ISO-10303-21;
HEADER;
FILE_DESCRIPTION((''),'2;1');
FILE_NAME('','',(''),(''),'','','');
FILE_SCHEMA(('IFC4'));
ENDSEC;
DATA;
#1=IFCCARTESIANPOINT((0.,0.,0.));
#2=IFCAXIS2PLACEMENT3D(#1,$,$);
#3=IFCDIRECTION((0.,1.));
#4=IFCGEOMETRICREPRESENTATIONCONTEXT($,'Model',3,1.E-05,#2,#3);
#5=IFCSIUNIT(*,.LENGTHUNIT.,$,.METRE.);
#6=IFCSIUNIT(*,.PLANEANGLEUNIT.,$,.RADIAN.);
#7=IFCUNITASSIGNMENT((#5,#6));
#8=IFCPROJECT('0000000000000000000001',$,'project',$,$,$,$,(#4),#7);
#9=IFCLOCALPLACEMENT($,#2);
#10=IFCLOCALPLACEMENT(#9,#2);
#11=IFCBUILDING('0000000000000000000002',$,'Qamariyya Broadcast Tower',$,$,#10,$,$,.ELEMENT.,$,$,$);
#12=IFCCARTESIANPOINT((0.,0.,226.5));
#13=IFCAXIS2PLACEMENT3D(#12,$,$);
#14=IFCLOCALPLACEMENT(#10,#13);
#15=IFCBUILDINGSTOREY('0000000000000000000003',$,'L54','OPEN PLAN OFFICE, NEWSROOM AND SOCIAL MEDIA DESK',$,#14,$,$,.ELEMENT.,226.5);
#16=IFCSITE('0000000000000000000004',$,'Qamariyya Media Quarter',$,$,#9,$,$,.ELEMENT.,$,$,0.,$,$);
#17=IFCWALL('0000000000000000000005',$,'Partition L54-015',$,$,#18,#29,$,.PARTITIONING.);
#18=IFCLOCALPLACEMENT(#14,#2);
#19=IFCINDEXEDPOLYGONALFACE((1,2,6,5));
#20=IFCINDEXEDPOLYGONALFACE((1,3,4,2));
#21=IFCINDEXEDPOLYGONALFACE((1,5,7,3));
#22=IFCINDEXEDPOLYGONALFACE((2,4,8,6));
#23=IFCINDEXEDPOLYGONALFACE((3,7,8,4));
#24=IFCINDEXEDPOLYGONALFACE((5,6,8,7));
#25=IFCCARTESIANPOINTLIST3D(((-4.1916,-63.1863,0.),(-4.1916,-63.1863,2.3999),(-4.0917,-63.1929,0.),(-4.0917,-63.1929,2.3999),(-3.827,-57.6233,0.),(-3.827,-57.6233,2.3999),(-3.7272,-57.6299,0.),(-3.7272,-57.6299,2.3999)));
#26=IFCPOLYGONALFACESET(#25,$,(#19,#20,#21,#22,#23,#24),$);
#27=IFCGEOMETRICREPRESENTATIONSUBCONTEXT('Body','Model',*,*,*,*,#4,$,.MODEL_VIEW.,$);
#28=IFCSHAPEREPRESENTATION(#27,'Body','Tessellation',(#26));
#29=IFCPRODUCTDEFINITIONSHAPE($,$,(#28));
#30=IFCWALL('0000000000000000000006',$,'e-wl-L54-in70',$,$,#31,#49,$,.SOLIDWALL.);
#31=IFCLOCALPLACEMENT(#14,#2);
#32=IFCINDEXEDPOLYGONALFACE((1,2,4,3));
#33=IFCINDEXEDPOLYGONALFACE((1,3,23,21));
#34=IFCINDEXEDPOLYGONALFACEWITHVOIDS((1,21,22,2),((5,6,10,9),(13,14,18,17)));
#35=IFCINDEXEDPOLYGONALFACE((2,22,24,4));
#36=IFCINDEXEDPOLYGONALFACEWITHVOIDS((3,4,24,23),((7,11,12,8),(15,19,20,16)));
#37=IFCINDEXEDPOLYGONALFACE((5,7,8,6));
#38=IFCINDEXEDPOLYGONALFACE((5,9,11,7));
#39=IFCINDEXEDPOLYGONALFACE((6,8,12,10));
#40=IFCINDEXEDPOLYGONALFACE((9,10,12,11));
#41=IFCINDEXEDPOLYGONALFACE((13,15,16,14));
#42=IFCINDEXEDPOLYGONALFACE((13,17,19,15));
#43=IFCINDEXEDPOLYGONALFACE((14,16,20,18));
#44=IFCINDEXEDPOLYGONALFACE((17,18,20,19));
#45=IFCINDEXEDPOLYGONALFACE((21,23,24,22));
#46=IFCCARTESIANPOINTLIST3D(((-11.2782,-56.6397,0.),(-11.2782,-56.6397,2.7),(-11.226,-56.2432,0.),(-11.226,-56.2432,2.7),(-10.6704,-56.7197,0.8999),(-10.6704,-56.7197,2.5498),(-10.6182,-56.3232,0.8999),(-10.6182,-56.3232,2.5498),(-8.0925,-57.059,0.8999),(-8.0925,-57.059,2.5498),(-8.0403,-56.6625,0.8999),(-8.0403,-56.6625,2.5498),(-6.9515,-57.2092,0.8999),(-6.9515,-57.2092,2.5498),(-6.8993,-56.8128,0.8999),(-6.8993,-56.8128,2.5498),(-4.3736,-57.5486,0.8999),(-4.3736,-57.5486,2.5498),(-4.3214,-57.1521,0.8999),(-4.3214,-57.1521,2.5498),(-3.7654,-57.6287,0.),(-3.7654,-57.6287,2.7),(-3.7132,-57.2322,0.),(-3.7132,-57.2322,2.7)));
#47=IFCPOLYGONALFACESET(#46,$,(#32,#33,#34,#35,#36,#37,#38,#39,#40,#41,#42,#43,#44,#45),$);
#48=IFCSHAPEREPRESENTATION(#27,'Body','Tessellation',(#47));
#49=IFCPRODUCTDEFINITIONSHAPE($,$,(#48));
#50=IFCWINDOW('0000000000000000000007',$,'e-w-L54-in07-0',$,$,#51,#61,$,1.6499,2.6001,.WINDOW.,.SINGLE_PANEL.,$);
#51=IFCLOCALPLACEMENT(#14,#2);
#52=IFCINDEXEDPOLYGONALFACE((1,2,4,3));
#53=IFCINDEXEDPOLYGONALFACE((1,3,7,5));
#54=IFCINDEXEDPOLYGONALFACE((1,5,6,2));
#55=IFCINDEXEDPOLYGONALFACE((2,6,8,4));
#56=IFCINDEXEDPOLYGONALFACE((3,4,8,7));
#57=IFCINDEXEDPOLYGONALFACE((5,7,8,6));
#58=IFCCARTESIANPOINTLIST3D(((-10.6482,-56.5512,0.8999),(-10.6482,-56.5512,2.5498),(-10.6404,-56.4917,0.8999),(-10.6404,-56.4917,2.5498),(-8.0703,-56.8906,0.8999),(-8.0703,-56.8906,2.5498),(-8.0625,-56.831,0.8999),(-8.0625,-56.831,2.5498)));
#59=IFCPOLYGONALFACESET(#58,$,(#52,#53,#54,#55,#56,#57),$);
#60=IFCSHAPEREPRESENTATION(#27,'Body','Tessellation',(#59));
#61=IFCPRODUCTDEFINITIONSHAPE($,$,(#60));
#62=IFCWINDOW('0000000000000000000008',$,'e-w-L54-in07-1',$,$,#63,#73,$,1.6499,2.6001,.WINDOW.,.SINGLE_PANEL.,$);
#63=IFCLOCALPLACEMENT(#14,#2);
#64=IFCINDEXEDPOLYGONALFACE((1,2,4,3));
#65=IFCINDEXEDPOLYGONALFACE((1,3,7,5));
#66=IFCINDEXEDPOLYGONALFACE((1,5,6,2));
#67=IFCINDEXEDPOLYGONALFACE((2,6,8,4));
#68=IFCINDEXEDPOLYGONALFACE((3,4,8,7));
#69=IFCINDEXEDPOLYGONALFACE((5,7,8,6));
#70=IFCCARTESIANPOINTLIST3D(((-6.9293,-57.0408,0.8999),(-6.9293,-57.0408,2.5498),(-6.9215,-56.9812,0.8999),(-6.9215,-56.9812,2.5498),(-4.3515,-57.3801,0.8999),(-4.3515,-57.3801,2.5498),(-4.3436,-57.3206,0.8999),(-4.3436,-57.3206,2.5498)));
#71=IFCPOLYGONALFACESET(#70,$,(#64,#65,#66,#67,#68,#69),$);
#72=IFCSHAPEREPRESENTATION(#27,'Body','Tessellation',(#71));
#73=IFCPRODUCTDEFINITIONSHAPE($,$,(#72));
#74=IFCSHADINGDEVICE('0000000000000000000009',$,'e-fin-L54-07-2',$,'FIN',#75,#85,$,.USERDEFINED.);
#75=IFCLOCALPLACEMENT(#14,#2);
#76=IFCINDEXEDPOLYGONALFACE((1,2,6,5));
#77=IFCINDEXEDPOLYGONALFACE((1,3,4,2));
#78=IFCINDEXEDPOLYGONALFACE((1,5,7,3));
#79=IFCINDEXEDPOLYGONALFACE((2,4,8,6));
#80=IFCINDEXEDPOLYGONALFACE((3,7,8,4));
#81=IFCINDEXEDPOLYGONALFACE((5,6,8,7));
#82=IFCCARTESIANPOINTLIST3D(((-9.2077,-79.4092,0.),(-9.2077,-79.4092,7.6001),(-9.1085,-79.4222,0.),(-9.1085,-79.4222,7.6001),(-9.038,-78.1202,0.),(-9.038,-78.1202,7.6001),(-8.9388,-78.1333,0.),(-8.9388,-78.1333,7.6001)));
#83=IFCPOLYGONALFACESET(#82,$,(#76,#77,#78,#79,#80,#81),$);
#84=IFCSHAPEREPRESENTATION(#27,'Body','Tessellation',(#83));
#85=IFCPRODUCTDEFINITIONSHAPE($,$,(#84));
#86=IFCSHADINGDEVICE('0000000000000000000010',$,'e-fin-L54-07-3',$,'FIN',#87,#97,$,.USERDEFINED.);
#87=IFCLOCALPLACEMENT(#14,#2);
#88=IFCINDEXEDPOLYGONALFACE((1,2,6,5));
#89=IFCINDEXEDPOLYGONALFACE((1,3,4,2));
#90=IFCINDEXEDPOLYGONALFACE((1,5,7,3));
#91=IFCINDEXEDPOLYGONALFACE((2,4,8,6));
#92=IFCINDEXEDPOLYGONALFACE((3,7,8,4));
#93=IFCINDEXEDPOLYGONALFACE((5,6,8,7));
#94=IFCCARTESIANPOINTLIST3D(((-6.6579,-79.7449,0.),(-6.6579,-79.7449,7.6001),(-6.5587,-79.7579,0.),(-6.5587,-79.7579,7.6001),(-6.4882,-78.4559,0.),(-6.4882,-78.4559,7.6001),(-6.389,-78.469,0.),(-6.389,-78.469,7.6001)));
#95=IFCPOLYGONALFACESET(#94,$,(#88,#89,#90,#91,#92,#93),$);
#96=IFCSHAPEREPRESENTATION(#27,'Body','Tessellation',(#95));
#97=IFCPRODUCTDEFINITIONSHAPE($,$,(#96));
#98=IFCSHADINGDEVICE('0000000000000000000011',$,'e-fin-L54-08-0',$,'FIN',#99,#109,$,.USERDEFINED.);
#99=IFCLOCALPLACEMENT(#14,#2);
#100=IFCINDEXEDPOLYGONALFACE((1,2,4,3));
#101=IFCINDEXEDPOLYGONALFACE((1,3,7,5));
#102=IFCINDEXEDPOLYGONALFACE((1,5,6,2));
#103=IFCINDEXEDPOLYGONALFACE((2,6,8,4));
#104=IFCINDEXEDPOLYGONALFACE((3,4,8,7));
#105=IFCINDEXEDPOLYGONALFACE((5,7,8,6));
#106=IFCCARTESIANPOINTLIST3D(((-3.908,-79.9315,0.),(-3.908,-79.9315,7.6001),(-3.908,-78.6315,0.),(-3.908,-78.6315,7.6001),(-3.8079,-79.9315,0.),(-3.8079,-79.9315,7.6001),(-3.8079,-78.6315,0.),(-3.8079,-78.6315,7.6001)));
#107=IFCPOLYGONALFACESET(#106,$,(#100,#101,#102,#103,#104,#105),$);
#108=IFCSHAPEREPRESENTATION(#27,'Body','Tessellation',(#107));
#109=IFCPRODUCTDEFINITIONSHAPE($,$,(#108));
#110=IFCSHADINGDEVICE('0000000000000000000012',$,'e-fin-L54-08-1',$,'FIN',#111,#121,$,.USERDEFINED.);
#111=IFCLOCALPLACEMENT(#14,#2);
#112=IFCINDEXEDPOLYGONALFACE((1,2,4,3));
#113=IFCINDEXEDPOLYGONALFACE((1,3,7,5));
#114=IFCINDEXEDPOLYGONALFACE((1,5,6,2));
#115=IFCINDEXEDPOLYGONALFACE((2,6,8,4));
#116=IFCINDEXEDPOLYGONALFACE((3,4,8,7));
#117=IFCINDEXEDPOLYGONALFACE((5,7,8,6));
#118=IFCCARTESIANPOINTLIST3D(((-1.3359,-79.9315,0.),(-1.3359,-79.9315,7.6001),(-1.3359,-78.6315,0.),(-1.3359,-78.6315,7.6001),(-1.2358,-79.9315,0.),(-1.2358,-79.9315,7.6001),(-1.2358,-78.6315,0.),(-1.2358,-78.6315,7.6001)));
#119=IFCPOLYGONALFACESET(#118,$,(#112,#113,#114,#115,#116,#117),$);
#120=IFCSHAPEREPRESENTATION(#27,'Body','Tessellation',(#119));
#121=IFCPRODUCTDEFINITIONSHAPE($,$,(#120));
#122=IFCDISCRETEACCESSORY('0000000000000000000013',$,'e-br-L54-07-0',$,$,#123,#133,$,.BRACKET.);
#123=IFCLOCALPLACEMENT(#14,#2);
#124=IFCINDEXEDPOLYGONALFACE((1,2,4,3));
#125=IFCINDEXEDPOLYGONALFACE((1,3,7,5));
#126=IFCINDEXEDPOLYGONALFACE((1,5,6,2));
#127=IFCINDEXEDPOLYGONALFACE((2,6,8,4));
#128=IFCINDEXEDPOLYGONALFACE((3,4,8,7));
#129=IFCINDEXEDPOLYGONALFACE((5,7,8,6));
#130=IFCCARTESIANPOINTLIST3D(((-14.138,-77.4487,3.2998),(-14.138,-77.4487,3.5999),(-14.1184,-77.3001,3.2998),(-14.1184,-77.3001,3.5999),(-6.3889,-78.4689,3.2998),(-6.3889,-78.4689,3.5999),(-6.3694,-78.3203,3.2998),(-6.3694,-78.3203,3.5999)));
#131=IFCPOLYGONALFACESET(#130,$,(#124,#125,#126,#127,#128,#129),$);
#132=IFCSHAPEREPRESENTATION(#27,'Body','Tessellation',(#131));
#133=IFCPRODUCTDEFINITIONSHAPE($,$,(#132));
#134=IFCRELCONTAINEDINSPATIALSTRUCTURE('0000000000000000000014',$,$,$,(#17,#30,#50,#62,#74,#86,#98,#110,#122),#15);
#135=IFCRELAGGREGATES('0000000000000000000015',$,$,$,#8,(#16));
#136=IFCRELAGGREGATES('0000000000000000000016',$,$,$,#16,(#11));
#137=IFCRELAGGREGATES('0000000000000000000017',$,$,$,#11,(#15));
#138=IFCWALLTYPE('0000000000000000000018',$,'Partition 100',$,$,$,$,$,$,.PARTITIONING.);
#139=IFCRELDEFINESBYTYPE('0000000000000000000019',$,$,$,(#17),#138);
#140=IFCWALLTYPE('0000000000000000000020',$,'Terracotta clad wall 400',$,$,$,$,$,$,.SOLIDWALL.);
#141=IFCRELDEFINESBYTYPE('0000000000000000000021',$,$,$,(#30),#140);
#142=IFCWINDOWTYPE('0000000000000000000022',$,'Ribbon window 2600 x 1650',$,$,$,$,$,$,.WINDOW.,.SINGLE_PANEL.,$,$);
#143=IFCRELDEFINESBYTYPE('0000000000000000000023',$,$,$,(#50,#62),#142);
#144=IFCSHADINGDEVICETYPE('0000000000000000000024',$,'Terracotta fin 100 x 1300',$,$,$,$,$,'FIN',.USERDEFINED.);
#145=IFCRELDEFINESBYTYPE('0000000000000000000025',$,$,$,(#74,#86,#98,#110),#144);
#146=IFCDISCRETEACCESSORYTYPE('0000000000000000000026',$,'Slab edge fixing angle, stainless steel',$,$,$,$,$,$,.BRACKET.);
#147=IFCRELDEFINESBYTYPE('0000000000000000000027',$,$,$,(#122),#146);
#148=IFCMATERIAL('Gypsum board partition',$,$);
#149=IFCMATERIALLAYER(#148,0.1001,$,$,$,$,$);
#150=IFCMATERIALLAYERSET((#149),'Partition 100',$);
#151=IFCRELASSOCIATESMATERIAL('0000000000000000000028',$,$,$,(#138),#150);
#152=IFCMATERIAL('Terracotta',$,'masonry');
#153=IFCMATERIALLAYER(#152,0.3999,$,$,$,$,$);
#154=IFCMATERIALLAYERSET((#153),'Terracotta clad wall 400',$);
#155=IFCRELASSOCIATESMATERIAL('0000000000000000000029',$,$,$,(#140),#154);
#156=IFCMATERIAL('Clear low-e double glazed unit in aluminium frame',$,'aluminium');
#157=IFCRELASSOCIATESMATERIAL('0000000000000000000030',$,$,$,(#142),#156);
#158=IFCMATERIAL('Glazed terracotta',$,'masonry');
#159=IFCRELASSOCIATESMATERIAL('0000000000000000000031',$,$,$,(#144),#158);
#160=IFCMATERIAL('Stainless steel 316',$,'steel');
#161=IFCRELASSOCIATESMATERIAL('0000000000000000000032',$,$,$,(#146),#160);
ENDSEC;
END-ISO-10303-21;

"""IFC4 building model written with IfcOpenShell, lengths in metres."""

from ifc_helpers import new_model, si_unit, direction, frame, frame_2d, origin, origin_2d, place, context, subcontext, project, spatial, rectangle, extrude, material, layer, layer_set, material_profile, profile_set, type_object, element, fill, save


model = new_model("IFC4")

# Units and contexts
model_context = context("Model", 3, precision=1e-05, world=origin(), true_north=direction((0.0, 1.0)))
body_context = subcontext(model_context, "Body", "Model", "MODEL_VIEW")
ifc_project = project(units=[si_unit("LENGTHUNIT", "METRE"), si_unit("PLANEANGLEUNIT", "RADIAN")], contexts=[model_context])

# Site, building, storey
site_placement = place(None, origin())
site = spatial("IfcSite", under=ifc_project, at=site_placement, Name="Qamariyya Media Quarter", CompositionType="ELEMENT", RefElevation=0.0)
building_placement = place(site_placement, origin())
building = spatial("IfcBuilding", under=site, at=building_placement, Name="Qamariyya Broadcast Tower", CompositionType="ELEMENT")
storey_placement = place(building_placement, frame((0.0, 0.0, 226.5)))
storey = spatial("IfcBuildingStorey", under=building, at=storey_placement, Name="L54", Description="OPEN PLAN OFFICE, NEWSROOM AND SOCIAL MEDIA DESK", CompositionType="ELEMENT", Elevation=226.5)

# Shared definitions
ifc_material_1 = material(Name="Gypsum board partition")

# Wall
ifc_layer_1 = layer(ifc_material_1, 0.1001)
ifc_layer_set_1 = layer_set([ifc_layer_1], Name="Partition 100")
wall_type_1 = type_object("IfcWallType", Name="Partition 100", PredefinedType="PARTITIONING", material=ifc_layer_set_1)
wall_1_placement = place(storey_placement, frame((-3.7771, -57.6265, 0.0), z_axis=(0.0, 0.0, 1.0), x_axis=(-0.065382, -0.99786, 0.0)))
element("IfcWall", 1, at=wall_1_placement, inside=storey, type_object=wall_type_1, Name="Partition L54-015", PredefinedType="PARTITIONING", context=body_context, shape_type="SweptSolid", body=[
    extrude(rectangle(XDim=5.575, YDim=0.1001, at=frame_2d((2.7876, 0.0))), origin(), (0.0, 0.0, 1.0), 2.3999),
])

# Wall, openings, windows
ifc_material_2 = material(Name="Terracotta", Category="masonry")
ifc_layer_2 = layer(ifc_material_2, 0.3999)
ifc_layer_set_2 = layer_set([ifc_layer_2], Name="Terracotta clad wall 400")
wall_type_2 = type_object("IfcWallType", Name="Terracotta clad wall 400", PredefinedType="SOLIDWALL", material=ifc_layer_set_2)
wall_2_placement = place(storey_placement, frame((-3.7393, -57.4304, 0.0), z_axis=(0.0, 0.0, 1.0), x_axis=(-0.991446, 0.130515, 0.0)))
wall_2 = element("IfcWall", 2, at=wall_2_placement, inside=storey, type_object=wall_type_2, Name="e-wl-L54-in70", PredefinedType="SOLIDWALL", context=body_context, shape_type="SweptSolid", body=[
    extrude(rectangle(XDim=7.5776, YDim=0.3999, at=frame_2d((3.7888, 0.0))), origin(), (0.0, 0.0, 1.0), 2.7),
])
opening_1_placement = place(wall_2_placement, frame((4.3645, 0.0, 0.8999)))
opening_1 = element("IfcOpeningElement", 3, at=opening_1_placement, cuts=wall_2, PredefinedType="OPENING", context=body_context, shape_type="SweptSolid", body=[
    extrude(rectangle(XDim=2.6001, YDim=1.6499, at=frame_2d((1.3, 0.825))), frame((0.0, 0.21, 0.0), z_axis=(0.0, -1.0, 0.0), x_axis=(1.0, 0.0, 0.0)), (0.0, 0.0, 1.0), 0.4199),
])
opening_2_placement = place(wall_2_placement, frame((0.6135, 0.0, 0.8999)))
opening_2 = element("IfcOpeningElement", 4, at=opening_2_placement, cuts=wall_2, PredefinedType="OPENING", context=body_context, shape_type="SweptSolid", body=[
    extrude(rectangle(XDim=2.6001, YDim=1.6499, at=frame_2d((1.3, 0.825))), frame((0.0, 0.21, 0.0), z_axis=(0.0, -1.0, 0.0), x_axis=(1.0, 0.0, 0.0)), (0.0, 0.0, 1.0), 0.4199),
])
ifc_material_3 = material(Name="Clear low-e double glazed unit in aluminium frame", Category="aluminium")
window_type = type_object("IfcWindowType", Name="Ribbon window 2600 x 1650", PartitioningType="SINGLE_PANEL", PredefinedType="WINDOW", material=ifc_material_3)
window_1_placement = place(opening_1_placement, origin())
window_1 = element("IfcWindow", 5, at=window_1_placement, inside=storey, type_object=window_type, Name="e-w-L54-in07-0", OverallHeight=1.6499, OverallWidth=2.6001, PartitioningType="SINGLE_PANEL", PredefinedType="WINDOW", context=body_context, shape_type="SweptSolid", body=[
    extrude(rectangle(XDim=2.6001, YDim=1.6499, at=frame_2d((1.3, 0.825))), frame((0.0, 0.03, 0.0), z_axis=(0.0, -1.0, 0.0), x_axis=(1.0, 0.0, 0.0)), (0.0, 0.0, 1.0), 0.0601),
])
fill(opening_1, window_1)
window_2_placement = place(opening_2_placement, origin())
window_2 = element("IfcWindow", 6, at=window_2_placement, inside=storey, type_object=window_type, Name="e-w-L54-in07-1", OverallHeight=1.6499, OverallWidth=2.6001, PartitioningType="SINGLE_PANEL", PredefinedType="WINDOW", context=body_context, shape_type="SweptSolid", body=[
    extrude(rectangle(XDim=2.6001, YDim=1.6499, at=frame_2d((1.3, 0.825))), frame((0.0, 0.03, 0.0), z_axis=(0.0, -1.0, 0.0), x_axis=(1.0, 0.0, 0.0)), (0.0, 0.0, 1.0), 0.0601),
])
fill(opening_2, window_2)

# Shading devices
ifc_material_4 = material(Name="Glazed terracotta", Category="masonry")
ifc_material_profile_1 = material_profile(ifc_material_4, rectangle(XDim=1.3, YDim=0.1001, at=origin_2d()))
ifc_profile_set_1 = profile_set([ifc_material_profile_1], Name="Glazed terracotta")
shading_device_type_1 = type_object("IfcShadingDeviceType", Name="Terracotta fin 100 x 1300", ElementType="FIN", PredefinedType="USERDEFINED", material=ifc_profile_set_1)
for number, where, z_axis, x_axis, name in (
    (7, (-9.0732, -78.7712, 0.0), (0.0, 0.0, 1.0), (-0.130526, -0.991445, 0.0), "e-fin-L54-07-2"),
    (8, (-6.5234, -79.1069, 0.0), (0.0, 0.0, 1.0), (-0.130526, -0.991445, 0.0), "e-fin-L54-07-3"),
    (9, (-3.8579, -79.2815, 0.0), (0.0, 0.0, 1.0), (0.0, -1.0, 0.0), "e-fin-L54-08-0"),
    (10, (-1.2859, -79.2815, 0.0), (0.0, 0.0, 1.0), (0.0, -1.0, 0.0), "e-fin-L54-08-1"),
):
    element("IfcShadingDevice", number, at=place(storey_placement, frame(where, z_axis=z_axis, x_axis=x_axis)), inside=storey, type_object=shading_device_type_1, Name=name, ObjectType="FIN", PredefinedType="USERDEFINED", context=body_context, shape_type="SweptSolid", body=[
        extrude(rectangle(XDim=1.3, YDim=0.1001, at=origin_2d()), origin(), (0.0, 0.0, 1.0), 7.6001),
    ])

# Discrete accessory
ifc_material_5 = material(Name="Stainless steel 316", Category="steel")
discrete_accessory_type = type_object("IfcDiscreteAccessoryType", Name="Slab edge fixing angle, stainless steel", PredefinedType="BRACKET", material=ifc_material_5)
discrete_accessory_placement = place(storey_placement, frame((-10.2537, -77.8845, 3.2998), z_axis=(0.0, 0.0, 1.0), x_axis=(0.991445, -0.130526, 0.0)))
element("IfcDiscreteAccessory", 11, at=discrete_accessory_placement, inside=storey, type_object=discrete_accessory_type, Name="e-br-L54-07-0", PredefinedType="BRACKET", context=body_context, shape_type="SweptSolid", body=[
    extrude(rectangle(XDim=7.8159, YDim=0.1499, at=origin_2d()), origin(), (0.0, 0.0, 1.0), 0.3),
])

save(model, "model.ifc")
